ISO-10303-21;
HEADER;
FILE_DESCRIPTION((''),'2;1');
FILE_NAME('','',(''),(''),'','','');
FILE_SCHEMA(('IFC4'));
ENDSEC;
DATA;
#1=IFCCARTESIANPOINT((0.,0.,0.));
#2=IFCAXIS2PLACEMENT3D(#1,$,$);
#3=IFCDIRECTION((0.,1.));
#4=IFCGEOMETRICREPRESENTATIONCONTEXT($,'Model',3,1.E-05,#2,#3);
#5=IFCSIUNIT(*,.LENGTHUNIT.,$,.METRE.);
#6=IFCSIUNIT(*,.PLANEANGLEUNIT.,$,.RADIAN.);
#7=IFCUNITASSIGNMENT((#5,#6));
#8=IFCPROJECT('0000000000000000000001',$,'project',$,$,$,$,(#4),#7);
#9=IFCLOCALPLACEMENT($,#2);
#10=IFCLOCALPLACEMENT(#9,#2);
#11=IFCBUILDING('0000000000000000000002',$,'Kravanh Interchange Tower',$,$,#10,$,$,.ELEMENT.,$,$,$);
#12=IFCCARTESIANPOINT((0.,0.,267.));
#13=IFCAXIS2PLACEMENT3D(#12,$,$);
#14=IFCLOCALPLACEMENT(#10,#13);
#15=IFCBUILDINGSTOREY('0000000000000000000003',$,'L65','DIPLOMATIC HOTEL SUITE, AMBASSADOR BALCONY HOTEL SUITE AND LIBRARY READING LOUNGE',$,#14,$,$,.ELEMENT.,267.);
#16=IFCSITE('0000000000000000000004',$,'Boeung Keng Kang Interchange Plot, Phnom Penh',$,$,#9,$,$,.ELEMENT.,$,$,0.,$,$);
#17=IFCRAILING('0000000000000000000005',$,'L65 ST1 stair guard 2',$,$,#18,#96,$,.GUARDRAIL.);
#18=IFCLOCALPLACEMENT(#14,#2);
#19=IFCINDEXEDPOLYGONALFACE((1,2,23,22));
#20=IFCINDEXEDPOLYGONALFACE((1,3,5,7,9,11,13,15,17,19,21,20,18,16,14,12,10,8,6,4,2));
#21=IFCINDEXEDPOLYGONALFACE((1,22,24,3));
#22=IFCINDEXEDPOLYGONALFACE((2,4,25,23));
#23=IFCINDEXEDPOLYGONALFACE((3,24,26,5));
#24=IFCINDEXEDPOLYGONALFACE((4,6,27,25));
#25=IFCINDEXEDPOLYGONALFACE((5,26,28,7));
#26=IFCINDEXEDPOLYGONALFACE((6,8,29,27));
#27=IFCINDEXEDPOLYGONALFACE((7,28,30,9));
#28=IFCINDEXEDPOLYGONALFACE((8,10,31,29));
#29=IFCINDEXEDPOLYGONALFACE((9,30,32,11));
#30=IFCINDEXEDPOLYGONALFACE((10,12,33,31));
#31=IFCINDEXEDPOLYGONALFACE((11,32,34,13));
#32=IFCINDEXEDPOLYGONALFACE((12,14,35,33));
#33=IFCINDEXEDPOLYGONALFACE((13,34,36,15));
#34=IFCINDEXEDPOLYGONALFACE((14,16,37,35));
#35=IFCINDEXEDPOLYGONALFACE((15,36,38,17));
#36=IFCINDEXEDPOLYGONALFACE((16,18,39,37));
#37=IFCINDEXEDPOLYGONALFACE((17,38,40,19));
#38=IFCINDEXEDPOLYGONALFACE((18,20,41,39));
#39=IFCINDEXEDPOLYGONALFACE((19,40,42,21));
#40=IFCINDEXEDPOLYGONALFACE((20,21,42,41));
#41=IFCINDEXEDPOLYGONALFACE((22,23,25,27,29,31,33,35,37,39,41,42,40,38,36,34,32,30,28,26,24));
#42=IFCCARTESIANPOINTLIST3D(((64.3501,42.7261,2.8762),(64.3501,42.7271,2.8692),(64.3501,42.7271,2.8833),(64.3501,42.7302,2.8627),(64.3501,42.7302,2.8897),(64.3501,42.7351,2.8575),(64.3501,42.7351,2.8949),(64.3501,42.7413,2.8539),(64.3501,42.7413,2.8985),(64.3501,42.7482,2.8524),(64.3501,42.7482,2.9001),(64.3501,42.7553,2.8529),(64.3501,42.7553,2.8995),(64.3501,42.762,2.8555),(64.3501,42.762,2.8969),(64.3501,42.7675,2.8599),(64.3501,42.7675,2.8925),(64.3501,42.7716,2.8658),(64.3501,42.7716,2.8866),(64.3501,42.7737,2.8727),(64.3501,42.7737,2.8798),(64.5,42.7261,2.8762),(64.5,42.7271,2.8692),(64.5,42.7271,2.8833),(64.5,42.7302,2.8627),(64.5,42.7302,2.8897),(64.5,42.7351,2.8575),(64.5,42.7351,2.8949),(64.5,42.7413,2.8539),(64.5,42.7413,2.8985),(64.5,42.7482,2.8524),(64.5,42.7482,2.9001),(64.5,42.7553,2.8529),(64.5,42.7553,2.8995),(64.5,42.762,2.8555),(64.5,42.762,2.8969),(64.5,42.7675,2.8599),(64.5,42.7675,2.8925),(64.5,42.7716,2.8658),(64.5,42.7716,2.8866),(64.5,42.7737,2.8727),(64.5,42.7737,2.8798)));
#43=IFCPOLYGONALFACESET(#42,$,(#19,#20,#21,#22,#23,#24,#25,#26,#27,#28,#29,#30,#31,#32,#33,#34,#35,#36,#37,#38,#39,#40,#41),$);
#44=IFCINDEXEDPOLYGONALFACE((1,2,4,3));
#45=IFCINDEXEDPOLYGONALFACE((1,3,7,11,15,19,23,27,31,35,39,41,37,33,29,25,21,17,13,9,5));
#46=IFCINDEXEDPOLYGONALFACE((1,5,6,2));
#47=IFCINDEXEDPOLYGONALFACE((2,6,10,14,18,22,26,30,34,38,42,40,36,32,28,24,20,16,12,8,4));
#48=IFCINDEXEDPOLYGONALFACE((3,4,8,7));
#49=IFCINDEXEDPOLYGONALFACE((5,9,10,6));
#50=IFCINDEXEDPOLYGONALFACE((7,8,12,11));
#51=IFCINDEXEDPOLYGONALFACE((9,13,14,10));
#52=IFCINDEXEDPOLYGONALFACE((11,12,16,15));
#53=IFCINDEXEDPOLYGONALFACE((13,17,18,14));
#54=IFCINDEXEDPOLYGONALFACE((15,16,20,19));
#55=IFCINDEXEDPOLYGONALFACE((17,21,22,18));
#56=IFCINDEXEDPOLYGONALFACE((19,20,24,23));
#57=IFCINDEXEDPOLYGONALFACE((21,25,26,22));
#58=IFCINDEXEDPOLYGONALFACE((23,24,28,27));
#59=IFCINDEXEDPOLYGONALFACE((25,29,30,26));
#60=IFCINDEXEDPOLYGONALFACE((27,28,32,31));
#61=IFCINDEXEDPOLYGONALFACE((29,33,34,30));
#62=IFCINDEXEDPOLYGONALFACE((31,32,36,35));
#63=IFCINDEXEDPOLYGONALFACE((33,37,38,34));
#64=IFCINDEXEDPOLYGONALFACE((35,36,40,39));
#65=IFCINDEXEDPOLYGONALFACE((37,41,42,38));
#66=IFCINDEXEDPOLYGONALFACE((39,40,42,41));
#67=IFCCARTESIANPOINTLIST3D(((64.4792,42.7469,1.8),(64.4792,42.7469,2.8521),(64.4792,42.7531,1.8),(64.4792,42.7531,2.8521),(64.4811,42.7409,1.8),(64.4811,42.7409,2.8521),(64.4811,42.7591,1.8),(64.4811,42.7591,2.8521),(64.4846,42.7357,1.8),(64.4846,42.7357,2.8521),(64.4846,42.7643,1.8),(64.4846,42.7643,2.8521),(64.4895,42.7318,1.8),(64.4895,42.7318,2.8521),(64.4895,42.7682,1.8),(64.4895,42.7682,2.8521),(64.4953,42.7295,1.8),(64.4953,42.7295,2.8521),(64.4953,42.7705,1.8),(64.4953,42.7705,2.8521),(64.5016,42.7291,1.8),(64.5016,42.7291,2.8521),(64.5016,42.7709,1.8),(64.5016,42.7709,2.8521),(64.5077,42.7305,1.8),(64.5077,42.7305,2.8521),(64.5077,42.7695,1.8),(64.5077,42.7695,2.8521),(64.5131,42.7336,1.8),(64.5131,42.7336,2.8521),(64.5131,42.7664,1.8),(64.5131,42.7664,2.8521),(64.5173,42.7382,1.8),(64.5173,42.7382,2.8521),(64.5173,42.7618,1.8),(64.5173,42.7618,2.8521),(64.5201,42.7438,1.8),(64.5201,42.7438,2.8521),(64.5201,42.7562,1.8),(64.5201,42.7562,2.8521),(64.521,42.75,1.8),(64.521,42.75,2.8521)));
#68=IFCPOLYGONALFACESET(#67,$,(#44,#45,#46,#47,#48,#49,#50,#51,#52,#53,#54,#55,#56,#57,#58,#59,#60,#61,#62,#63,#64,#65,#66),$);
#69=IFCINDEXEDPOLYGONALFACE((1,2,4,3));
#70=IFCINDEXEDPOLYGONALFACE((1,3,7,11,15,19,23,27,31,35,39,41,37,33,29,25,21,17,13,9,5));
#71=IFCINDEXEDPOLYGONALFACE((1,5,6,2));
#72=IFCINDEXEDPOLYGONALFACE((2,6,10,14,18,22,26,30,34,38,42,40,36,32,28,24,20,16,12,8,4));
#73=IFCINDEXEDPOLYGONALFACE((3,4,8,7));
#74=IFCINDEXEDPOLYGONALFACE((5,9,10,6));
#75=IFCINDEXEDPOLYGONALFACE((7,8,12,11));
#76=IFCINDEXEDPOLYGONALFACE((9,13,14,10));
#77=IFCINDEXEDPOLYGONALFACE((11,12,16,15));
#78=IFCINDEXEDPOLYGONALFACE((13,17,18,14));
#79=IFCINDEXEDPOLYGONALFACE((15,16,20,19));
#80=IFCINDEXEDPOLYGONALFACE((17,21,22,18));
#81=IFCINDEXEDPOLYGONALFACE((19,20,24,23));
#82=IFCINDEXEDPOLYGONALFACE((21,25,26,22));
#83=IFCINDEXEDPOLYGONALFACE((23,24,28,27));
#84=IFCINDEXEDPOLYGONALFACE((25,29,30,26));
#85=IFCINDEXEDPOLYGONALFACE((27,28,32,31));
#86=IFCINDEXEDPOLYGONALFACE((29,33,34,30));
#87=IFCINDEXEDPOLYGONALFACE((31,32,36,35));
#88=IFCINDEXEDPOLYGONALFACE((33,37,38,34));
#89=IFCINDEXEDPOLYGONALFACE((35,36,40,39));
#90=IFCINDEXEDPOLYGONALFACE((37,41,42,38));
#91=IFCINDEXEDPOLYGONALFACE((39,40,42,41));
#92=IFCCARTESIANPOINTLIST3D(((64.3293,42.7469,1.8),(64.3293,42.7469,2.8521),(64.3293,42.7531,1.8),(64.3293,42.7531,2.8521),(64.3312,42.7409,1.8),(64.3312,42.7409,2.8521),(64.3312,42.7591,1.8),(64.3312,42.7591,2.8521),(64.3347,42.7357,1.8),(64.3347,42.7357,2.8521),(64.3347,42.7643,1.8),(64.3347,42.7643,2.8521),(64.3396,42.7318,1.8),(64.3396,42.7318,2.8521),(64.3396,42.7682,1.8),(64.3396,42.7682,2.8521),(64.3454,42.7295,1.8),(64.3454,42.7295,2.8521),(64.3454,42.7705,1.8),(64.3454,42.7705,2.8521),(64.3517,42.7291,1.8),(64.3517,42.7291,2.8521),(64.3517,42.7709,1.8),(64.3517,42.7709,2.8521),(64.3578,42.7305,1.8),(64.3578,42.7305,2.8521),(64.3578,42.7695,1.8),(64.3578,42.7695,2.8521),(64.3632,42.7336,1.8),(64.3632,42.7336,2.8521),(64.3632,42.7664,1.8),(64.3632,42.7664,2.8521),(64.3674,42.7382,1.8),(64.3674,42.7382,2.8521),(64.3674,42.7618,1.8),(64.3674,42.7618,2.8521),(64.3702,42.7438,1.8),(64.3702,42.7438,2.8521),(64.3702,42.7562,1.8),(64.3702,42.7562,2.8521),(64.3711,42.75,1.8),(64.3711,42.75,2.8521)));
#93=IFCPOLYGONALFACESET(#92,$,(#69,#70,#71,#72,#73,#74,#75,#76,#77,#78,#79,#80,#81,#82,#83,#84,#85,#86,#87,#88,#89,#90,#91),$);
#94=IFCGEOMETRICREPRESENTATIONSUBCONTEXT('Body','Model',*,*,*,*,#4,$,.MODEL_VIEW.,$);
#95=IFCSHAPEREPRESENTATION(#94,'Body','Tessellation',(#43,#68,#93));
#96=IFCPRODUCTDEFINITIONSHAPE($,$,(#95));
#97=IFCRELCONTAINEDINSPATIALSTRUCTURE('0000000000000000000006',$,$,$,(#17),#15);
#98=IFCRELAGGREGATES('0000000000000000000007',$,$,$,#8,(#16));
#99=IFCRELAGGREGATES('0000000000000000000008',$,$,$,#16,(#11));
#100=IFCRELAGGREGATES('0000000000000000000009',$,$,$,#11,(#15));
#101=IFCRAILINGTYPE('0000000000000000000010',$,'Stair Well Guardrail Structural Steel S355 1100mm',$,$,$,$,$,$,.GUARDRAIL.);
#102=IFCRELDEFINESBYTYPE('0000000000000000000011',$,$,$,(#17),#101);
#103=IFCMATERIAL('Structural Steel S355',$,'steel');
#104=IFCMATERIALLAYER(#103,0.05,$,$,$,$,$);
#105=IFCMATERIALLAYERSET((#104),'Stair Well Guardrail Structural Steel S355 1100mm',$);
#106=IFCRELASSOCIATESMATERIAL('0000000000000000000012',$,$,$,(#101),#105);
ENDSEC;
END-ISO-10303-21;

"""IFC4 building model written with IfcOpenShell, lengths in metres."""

from ifc_helpers import new_model, si_unit, direction, frame, origin, origin_2d, place, context, subcontext, project, spatial, circle, extrude, material, layer, layer_set, type_object, element, save


model = new_model("IFC4")

# Units and contexts
model_context = context("Model", 3, precision=1e-05, world=origin(), true_north=direction((0.0, 1.0)))
body_context = subcontext(model_context, "Body", "Model", "MODEL_VIEW")
ifc_project = project(units=[si_unit("LENGTHUNIT", "METRE"), si_unit("PLANEANGLEUNIT", "RADIAN")], contexts=[model_context])

# Site, building, storey
site_placement = place(None, origin())
site = spatial("IfcSite", under=ifc_project, at=site_placement, Name="Boeung Keng Kang Interchange Plot, Phnom Penh", CompositionType="ELEMENT", RefElevation=0.0)
building_placement = place(site_placement, origin())
building = spatial("IfcBuilding", under=site, at=building_placement, Name="Kravanh Interchange Tower", CompositionType="ELEMENT")
storey_placement = place(building_placement, frame((0.0, 0.0, 267.0)))
storey = spatial("IfcBuildingStorey", under=building, at=storey_placement, Name="L65", Description="DIPLOMATIC HOTEL SUITE, AMBASSADOR BALCONY HOTEL SUITE AND LIBRARY READING LOUNGE", CompositionType="ELEMENT", Elevation=267.0)

# Railing
ifc_material_1 = material(Name="Structural Steel S355", Category="steel")
ifc_layer_1 = layer(ifc_material_1, 0.05)
ifc_layer_set_1 = layer_set([ifc_layer_1], Name="Stair Well Guardrail Structural Steel S355 1100mm")
railing_type_1 = type_object("IfcRailingType", Name="Stair Well Guardrail Structural Steel S355 1100mm", PredefinedType="GUARDRAIL", material=ifc_layer_set_1)
railing_1_placement = place(storey_placement, frame((64.5, 42.75, 1.8)))
element("IfcRailing", 1, at=railing_1_placement, inside=storey, type_object=railing_type_1, Name="L65 ST1 stair guard 2", PredefinedType="GUARDRAIL", context=body_context, shape_type="SweptSolid", body=[
    extrude(circle(Radius=0.0239, at=origin_2d()), frame((0.0, 0.0, 1.0762), z_axis=(-1.0, 0.0, 0.0), x_axis=(0.0, -1.0, 0.0)), (0.0, 0.0, 1.0), 0.1499),
    extrude(circle(Radius=0.021, at=origin_2d()), origin(), (0.0, 0.0, 1.0), 1.052),
    extrude(circle(Radius=0.021, at=origin_2d()), frame((-0.1499, 0.0, 0.0)), (0.0, 0.0, 1.0), 1.052),
])

save(model, "model.ifc")
